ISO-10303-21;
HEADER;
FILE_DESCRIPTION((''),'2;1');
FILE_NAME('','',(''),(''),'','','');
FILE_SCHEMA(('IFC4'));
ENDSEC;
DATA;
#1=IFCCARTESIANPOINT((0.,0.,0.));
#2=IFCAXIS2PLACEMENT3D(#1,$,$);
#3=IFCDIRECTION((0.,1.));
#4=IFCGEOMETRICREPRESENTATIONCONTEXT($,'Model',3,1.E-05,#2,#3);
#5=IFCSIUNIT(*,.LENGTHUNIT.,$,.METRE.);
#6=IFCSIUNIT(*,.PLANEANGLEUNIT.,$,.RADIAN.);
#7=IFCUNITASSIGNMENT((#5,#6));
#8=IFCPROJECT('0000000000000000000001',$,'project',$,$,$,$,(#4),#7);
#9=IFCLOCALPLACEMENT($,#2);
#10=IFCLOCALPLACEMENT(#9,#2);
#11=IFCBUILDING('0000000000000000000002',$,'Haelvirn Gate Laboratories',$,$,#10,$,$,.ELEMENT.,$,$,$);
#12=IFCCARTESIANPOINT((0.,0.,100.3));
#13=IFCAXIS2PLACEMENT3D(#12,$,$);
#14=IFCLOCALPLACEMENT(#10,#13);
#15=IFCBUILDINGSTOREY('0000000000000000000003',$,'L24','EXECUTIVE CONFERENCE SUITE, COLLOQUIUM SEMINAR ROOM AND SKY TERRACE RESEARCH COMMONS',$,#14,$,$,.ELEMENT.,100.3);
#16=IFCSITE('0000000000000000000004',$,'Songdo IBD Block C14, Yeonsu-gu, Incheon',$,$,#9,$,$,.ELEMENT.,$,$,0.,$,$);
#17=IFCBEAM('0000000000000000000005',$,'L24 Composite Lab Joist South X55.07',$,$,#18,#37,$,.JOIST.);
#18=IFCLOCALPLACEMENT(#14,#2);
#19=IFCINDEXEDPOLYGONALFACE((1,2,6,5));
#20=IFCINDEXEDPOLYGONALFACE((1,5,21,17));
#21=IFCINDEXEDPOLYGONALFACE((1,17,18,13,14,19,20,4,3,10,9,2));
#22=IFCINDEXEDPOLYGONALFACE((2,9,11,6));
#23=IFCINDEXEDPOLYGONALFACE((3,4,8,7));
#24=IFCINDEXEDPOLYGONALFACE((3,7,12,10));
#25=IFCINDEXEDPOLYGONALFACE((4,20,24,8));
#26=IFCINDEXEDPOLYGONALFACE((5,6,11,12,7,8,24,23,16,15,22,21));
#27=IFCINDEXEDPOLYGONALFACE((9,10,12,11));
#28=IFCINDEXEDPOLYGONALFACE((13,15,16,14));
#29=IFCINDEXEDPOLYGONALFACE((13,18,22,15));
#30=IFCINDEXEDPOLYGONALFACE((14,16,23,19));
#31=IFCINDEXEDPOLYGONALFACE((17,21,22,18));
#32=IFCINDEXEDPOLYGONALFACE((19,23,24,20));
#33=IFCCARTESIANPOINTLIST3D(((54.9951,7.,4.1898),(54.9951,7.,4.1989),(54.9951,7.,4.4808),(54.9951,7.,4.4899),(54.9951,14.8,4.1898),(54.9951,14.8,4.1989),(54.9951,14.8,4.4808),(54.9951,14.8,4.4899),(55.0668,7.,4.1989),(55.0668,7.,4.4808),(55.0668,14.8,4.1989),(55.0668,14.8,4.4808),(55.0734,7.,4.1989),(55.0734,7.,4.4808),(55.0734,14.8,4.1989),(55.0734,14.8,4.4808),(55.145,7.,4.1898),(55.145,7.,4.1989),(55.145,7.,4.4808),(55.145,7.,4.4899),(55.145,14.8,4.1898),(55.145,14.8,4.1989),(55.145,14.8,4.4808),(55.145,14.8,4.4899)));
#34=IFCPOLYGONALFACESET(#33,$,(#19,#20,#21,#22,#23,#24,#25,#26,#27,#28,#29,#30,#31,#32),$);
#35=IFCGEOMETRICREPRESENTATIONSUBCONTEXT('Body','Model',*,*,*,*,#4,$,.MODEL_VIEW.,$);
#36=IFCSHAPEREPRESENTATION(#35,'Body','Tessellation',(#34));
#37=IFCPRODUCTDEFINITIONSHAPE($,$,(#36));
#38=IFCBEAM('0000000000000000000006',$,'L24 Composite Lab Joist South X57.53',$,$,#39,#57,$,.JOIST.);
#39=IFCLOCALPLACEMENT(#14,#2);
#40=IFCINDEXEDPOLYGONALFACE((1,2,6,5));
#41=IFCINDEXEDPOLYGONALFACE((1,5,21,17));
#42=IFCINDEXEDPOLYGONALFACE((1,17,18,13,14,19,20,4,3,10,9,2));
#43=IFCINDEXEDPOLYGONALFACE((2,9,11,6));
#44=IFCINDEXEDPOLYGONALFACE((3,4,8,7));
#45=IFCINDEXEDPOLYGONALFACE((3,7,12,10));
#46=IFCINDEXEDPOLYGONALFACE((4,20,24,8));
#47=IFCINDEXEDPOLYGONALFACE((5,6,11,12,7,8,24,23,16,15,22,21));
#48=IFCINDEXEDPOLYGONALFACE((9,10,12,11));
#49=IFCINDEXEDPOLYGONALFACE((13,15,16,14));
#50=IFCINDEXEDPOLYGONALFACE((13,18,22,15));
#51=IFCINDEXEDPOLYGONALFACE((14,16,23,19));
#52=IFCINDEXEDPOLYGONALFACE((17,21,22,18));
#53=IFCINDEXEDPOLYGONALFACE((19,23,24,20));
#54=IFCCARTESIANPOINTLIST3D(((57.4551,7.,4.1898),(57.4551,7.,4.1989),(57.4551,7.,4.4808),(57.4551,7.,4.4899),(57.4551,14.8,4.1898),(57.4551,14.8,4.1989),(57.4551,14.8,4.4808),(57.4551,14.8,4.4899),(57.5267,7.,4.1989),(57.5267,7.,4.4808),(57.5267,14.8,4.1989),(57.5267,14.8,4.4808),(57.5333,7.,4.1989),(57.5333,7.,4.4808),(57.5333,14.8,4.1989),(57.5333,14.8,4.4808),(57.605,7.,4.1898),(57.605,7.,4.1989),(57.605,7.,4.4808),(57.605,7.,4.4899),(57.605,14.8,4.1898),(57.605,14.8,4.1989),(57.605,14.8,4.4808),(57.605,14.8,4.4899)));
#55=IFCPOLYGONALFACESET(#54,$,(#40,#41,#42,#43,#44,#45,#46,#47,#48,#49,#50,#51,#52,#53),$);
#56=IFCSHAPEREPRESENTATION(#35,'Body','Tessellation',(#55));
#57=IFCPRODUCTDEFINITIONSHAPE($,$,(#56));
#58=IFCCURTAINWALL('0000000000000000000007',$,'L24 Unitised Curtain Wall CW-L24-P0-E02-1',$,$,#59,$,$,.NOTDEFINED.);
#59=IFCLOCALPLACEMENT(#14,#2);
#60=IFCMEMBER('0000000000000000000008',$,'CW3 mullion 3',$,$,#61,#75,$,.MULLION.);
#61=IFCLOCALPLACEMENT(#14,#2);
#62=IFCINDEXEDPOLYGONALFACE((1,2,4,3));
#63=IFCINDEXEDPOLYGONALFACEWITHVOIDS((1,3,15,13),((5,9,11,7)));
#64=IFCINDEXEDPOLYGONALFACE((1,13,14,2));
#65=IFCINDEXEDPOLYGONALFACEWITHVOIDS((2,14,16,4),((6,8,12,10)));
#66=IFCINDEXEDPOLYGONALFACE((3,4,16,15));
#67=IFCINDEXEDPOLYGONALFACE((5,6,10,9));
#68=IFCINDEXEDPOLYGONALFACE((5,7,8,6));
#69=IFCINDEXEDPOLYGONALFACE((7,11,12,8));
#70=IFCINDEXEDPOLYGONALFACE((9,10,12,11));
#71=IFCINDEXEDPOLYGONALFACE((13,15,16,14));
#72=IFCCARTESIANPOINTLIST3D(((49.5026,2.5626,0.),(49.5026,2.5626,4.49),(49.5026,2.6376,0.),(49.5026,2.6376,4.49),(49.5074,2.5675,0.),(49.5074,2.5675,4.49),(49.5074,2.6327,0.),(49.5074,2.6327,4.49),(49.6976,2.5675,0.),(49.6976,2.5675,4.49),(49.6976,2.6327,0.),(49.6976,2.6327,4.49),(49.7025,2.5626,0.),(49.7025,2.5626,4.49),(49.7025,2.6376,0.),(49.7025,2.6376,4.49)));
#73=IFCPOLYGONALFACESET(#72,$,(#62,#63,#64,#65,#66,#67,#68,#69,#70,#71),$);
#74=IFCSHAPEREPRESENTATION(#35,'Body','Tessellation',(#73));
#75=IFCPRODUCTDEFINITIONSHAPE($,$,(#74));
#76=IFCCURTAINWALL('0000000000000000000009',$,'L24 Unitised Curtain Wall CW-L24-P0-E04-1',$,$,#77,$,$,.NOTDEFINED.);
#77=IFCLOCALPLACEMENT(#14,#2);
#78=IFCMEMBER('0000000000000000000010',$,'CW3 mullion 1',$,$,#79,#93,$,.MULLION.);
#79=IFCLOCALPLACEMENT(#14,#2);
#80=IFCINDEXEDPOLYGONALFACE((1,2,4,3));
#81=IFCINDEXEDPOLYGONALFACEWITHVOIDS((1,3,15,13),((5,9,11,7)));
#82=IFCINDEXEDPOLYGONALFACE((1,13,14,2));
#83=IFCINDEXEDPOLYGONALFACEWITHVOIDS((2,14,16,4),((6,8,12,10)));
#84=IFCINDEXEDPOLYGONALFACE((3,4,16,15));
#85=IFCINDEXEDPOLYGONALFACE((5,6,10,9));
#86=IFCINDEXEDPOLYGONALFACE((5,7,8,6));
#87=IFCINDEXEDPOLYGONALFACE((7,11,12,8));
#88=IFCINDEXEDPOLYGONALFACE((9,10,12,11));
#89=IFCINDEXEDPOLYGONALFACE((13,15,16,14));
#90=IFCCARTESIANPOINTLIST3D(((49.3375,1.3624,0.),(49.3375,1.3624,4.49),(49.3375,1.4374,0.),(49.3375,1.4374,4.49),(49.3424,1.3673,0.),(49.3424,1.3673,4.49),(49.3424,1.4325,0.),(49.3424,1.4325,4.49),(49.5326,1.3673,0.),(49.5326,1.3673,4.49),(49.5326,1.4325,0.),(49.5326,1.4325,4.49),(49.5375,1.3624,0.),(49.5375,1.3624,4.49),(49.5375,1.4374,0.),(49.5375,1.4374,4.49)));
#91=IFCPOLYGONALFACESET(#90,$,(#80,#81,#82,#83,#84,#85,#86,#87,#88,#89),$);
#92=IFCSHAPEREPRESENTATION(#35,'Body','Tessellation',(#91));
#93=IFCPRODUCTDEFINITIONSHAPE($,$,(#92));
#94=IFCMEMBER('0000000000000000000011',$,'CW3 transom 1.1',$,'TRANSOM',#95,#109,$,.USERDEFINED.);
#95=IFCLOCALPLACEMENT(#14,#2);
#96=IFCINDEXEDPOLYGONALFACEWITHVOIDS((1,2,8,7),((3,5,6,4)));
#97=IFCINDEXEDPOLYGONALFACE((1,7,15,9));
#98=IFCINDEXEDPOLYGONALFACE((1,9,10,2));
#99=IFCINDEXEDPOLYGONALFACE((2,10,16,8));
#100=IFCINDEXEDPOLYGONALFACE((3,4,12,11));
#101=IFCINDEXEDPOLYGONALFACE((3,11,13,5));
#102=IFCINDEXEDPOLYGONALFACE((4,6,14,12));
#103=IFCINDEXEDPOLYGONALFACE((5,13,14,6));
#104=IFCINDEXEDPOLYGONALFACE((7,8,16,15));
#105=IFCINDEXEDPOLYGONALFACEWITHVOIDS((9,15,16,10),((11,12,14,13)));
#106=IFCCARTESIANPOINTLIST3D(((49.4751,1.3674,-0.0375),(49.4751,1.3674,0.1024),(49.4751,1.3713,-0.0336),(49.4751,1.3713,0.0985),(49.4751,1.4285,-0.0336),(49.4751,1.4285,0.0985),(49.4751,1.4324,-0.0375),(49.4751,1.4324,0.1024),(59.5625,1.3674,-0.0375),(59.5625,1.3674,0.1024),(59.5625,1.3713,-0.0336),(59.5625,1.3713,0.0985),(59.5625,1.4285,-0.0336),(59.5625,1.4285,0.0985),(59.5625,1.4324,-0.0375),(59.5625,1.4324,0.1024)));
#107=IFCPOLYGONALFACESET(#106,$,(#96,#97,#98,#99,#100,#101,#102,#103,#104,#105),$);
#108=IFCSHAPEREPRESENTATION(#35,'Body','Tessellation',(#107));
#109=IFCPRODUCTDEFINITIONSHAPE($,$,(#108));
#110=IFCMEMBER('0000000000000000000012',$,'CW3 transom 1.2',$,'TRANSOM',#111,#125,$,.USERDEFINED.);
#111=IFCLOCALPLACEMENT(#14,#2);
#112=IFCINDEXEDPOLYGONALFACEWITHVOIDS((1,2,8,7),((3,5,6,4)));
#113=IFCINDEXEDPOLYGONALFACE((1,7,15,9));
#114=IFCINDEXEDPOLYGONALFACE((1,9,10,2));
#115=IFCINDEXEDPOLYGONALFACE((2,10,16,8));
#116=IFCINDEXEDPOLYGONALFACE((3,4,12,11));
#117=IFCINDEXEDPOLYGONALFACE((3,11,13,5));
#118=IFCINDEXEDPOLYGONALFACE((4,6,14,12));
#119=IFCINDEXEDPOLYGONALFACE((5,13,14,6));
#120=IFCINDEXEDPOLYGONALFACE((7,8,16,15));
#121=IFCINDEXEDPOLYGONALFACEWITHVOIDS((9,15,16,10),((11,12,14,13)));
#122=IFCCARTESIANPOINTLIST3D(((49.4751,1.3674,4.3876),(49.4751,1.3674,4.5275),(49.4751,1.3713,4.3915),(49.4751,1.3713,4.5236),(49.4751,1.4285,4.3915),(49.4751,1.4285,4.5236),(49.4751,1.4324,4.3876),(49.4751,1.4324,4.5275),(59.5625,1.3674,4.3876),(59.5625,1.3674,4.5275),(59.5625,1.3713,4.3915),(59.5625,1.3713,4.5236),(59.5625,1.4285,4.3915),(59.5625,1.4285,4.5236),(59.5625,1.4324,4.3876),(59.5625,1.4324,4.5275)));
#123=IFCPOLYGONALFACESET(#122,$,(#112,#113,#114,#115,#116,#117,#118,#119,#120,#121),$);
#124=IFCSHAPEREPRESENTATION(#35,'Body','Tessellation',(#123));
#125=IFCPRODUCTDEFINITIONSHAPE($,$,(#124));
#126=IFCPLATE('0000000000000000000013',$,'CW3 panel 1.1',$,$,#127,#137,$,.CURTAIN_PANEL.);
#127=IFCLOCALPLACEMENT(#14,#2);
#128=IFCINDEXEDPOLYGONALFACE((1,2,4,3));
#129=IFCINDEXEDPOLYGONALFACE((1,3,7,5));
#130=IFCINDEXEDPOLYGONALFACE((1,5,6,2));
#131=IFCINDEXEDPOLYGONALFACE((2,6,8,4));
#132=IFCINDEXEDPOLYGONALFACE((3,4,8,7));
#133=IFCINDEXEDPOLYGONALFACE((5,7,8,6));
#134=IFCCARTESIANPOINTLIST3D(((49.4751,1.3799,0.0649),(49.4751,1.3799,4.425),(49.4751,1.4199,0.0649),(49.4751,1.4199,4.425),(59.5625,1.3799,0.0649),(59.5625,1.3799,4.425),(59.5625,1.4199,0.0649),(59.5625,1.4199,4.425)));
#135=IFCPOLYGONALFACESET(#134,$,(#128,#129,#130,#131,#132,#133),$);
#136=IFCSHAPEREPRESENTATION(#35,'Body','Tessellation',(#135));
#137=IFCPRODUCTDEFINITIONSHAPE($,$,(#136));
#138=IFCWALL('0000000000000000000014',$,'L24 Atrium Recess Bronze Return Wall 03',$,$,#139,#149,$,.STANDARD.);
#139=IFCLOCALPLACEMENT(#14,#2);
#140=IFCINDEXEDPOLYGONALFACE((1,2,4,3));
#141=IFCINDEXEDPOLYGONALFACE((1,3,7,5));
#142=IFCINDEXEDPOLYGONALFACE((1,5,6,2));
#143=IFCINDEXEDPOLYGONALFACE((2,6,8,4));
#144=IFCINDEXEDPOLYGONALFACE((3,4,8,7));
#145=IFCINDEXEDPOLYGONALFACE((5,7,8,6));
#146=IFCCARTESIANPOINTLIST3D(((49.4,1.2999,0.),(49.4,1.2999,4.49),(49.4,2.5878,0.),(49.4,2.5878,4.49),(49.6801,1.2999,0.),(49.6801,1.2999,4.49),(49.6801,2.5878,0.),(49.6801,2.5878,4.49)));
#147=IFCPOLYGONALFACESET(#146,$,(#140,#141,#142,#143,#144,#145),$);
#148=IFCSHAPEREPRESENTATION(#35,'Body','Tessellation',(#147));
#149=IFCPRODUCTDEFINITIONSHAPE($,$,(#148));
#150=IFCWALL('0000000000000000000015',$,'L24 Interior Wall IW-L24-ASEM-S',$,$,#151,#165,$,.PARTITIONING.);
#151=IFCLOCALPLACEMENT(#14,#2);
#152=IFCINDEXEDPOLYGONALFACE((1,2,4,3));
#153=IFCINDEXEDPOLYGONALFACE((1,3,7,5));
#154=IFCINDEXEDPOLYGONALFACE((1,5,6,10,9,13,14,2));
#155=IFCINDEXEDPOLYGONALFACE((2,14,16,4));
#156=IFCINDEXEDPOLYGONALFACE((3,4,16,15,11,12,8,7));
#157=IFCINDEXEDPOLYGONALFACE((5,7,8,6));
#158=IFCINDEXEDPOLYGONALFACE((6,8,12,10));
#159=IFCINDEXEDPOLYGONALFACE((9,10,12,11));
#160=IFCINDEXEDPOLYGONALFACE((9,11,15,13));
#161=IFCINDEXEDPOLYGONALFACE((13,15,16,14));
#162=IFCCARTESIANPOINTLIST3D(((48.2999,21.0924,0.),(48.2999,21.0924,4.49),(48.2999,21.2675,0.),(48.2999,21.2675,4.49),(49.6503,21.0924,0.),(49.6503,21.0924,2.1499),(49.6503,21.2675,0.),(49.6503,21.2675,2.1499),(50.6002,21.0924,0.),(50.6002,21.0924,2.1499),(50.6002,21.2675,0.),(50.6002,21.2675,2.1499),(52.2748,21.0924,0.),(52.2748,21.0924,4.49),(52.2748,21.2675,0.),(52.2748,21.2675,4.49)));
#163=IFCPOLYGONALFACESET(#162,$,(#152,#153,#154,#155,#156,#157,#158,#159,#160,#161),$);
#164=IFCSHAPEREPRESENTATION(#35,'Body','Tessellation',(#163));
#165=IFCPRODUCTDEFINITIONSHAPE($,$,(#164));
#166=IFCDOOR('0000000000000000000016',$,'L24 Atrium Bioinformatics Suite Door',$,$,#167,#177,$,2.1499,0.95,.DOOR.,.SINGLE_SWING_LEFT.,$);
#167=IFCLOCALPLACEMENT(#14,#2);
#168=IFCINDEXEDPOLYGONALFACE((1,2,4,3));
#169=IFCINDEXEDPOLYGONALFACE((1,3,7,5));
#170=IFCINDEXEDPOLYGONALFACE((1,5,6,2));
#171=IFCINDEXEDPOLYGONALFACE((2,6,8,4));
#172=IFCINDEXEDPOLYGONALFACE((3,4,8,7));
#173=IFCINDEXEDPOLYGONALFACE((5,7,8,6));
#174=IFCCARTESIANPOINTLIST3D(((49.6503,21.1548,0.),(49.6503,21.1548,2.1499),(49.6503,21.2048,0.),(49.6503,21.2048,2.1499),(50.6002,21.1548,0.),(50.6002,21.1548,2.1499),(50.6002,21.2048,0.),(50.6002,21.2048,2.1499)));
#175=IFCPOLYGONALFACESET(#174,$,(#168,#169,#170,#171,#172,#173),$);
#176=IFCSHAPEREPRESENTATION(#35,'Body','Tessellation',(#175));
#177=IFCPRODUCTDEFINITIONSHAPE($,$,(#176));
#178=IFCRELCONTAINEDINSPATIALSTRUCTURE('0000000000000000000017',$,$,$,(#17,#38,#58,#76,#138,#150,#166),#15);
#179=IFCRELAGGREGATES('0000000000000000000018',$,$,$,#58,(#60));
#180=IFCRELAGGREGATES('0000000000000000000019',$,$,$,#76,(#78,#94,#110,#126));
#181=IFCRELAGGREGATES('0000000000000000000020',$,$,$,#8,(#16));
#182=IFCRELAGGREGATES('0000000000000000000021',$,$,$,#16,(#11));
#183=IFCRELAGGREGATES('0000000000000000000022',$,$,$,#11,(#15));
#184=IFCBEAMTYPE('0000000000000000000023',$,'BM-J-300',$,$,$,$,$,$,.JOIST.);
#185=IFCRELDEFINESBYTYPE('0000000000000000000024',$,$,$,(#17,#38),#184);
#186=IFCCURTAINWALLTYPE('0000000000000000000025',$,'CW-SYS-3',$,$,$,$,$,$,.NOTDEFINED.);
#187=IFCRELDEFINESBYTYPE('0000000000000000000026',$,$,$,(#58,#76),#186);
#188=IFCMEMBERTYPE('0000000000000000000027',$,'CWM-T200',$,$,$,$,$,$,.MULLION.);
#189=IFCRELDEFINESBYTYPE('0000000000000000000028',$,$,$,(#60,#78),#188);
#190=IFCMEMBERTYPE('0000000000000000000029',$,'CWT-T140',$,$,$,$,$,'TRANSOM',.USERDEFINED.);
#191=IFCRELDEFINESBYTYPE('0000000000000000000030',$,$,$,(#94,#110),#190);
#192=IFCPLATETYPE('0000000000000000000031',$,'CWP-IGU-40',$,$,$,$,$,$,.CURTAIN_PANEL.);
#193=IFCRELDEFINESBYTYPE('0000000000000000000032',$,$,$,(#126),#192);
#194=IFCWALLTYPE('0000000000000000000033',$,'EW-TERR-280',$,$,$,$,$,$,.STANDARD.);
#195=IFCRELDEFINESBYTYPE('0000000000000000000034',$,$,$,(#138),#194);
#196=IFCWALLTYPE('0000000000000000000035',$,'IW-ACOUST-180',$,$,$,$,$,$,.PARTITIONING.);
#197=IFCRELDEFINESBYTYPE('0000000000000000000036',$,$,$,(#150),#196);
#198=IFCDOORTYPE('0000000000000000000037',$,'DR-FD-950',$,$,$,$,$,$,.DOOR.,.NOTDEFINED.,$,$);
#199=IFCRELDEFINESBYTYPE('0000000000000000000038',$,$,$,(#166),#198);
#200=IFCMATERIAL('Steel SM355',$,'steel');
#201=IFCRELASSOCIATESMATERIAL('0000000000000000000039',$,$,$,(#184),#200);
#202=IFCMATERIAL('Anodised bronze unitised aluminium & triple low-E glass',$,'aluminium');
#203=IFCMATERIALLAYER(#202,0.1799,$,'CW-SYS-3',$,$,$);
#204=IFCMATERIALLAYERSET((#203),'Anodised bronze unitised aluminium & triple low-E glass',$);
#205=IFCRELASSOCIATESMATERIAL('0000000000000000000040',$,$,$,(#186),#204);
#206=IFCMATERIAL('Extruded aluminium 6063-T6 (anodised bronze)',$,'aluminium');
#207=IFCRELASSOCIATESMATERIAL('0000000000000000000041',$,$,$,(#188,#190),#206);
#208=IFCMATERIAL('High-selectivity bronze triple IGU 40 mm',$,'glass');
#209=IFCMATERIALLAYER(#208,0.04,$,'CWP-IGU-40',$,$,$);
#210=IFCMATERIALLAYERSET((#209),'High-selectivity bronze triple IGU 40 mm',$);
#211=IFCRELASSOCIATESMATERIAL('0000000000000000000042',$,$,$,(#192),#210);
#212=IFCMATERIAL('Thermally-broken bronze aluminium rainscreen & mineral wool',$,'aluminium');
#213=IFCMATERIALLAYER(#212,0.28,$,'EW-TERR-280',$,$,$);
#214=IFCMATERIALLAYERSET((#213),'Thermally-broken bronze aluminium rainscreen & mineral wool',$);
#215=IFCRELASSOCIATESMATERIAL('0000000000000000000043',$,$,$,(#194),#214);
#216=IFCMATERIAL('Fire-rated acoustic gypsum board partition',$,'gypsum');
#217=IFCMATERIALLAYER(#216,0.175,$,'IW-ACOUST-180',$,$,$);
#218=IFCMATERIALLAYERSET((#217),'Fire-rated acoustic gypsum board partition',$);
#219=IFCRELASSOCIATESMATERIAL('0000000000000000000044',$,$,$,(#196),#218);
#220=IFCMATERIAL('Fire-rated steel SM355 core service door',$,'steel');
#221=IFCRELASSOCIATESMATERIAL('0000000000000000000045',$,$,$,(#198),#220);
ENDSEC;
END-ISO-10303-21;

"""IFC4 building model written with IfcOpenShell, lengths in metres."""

from ifc_helpers import new_model, si_unit, direction, frame, frame_2d, origin, origin_2d, place, context, subcontext, project, spatial, rectangle, hollow_rectangle, i_section, extrude, source, transform, mapped, material, layer, layer_set, material_profile, profile_set, type_object, type_shapes, element, fill, aggregate, save


model = new_model("IFC4")

# Units and contexts
model_context = context("Model", 3, precision=1e-05, world=origin(), true_north=direction((0.0, 1.0)))
body_context = subcontext(model_context, "Body", "Model", "MODEL_VIEW")
ifc_project = project(units=[si_unit("LENGTHUNIT", "METRE"), si_unit("PLANEANGLEUNIT", "RADIAN")], contexts=[model_context])

# Site, building, storey
site_placement = place(None, origin())
site = spatial("IfcSite", under=ifc_project, at=site_placement, Name="Songdo IBD Block C14, Yeonsu-gu, Incheon", CompositionType="ELEMENT", RefElevation=0.0)
building_placement = place(site_placement, origin())
building = spatial("IfcBuilding", under=site, at=building_placement, Name="Haelvirn Gate Laboratories", CompositionType="ELEMENT")
storey_placement = place(building_placement, frame((0.0, 0.0, 100.3)))
storey = spatial("IfcBuildingStorey", under=building, at=storey_placement, Name="L24", Description="EXECUTIVE CONFERENCE SUITE, COLLOQUIUM SEMINAR ROOM AND SKY TERRACE RESEARCH COMMONS", CompositionType="ELEMENT", Elevation=100.3)

# Shared definitions
ifc_material_1 = material(Name="Steel SM355", Category="steel")

# Beams
ifc_material_profile_1 = material_profile(ifc_material_1, i_section(OverallWidth=0.1499, OverallDepth=0.3, WebThickness=0.0066, FlangeThickness=0.009, at=origin_2d()), Name="H-300x150x6.5x9")
ifc_profile_set_1 = profile_set([ifc_material_profile_1], Name="Steel SM355")
beam_type_1 = type_object("IfcBeamType", Name="BM-J-300", PredefinedType="JOIST", material=ifc_profile_set_1)
shared_shape_1 = source(origin(), body_context, "Body", "SweptSolid", [
    extrude(i_section(OverallWidth=0.1499, OverallDepth=0.3, WebThickness=0.0066, FlangeThickness=0.009, at=origin_2d()), origin(), (0.0, 0.0, 1.0), 7.8),
])
type_shapes(beam_type_1, [shared_shape_1])
for number, where, z_axis, x_axis, name in (
    (1, (55.0701, 7.0, 4.3398), (0.0, 1.0, 0.0), (-1.0, 0.0, 0.0), "L24 Composite Lab Joist South X55.07"),
    (2, (57.53, 7.0, 4.3398), (0.0, 1.0, 0.0), (-1.0, 0.0, 0.0), "L24 Composite Lab Joist South X57.53"),
):
    element("IfcBeam", number, at=place(storey_placement, frame(where, z_axis=z_axis, x_axis=x_axis)), inside=storey, type_object=beam_type_1, Name=name, PredefinedType="JOIST", context=body_context, shape_type="MappedRepresentation", body=[
        mapped(shared_shape_1, transform((0.0, 0.0, 0.0), scale=1.0)),
    ])

# Curtain wall, member
ifc_material_2 = material(Name="Anodised bronze unitised aluminium & triple low-E glass", Category="aluminium")
ifc_layer_1 = layer(ifc_material_2, 0.1799, Name="CW-SYS-3")
ifc_layer_set_1 = layer_set([ifc_layer_1], Name="Anodised bronze unitised aluminium & triple low-E glass")
curtain_wall_type = type_object("IfcCurtainWallType", Name="CW-SYS-3", PredefinedType="NOTDEFINED", material=ifc_layer_set_1)
curtain_wall_1_placement = place(storey_placement, origin())
curtain_wall_1 = element("IfcCurtainWall", 3, at=curtain_wall_1_placement, inside=storey, type_object=curtain_wall_type, Name="L24 Unitised Curtain Wall CW-L24-P0-E02-1", PredefinedType="NOTDEFINED")
ifc_material_3 = material(Name="Extruded aluminium 6063-T6 (anodised bronze)", Category="aluminium")
ifc_material_profile_2 = material_profile(ifc_material_3, hollow_rectangle(XDim=0.075, YDim=0.2, WallThickness=0.0049, at=origin_2d()), Name="CWM-200x75x5")
ifc_profile_set_2 = profile_set([ifc_material_profile_2], Name="Extruded aluminium 6063-T6 (anodised bronze)")
member_type_1 = type_object("IfcMemberType", Name="CWM-T200", PredefinedType="MULLION", material=ifc_profile_set_2)
shared_shape_2 = source(origin(), body_context, "Body", "SweptSolid", [
    extrude(hollow_rectangle(XDim=0.075, YDim=0.2, WallThickness=0.0049, at=origin_2d()), origin(), (0.0, 0.0, 1.0), 4.49),
])
type_shapes(member_type_1, [shared_shape_2])
member_1_placement = place(storey_placement, frame((49.6025, 2.6001, 0.0), z_axis=(0.0, 0.0, 1.0), x_axis=(0.0, 1.0, 0.0)))
member_1 = element("IfcMember", 4, at=member_1_placement, type_object=member_type_1, Name="CW3 mullion 3", PredefinedType="MULLION", context=body_context, shape_type="MappedRepresentation", body=[
    mapped(shared_shape_2, transform((0.0, 0.0, 0.0), scale=1.0)),
])
aggregate(curtain_wall_1, [member_1])

# Curtain wall, members, plate
curtain_wall_2_placement = place(storey_placement, origin())
curtain_wall_2 = element("IfcCurtainWall", 5, at=curtain_wall_2_placement, inside=storey, type_object=curtain_wall_type, Name="L24 Unitised Curtain Wall CW-L24-P0-E04-1", PredefinedType="NOTDEFINED")
member_2_placement = place(storey_placement, frame((49.4375, 1.3999, 0.0), z_axis=(0.0, 0.0, 1.0), x_axis=(0.0, 1.0, 0.0)))
member_2 = element("IfcMember", 6, at=member_2_placement, type_object=member_type_1, Name="CW3 mullion 1", PredefinedType="MULLION", context=body_context, shape_type="MappedRepresentation", body=[
    mapped(shared_shape_2, transform((0.0, 0.0, 0.0), scale=1.0)),
])
ifc_material_profile_3 = material_profile(ifc_material_3, hollow_rectangle(XDim=0.0649, YDim=0.1399, WallThickness=0.0039, at=origin_2d()), Name="CWT-140x65x4")
ifc_profile_set_3 = profile_set([ifc_material_profile_3], Name="Extruded aluminium 6063-T6 (anodised bronze)")
member_type_2 = type_object("IfcMemberType", Name="CWT-T140", ElementType="TRANSOM", PredefinedType="USERDEFINED", material=ifc_profile_set_3)
shared_shape_3 = source(origin(), body_context, "Body", "SweptSolid", [
    extrude(hollow_rectangle(XDim=0.0649, YDim=0.1399, WallThickness=0.0039, at=origin_2d()), origin(), (0.0, 0.0, 1.0), 10.0874),
])
type_shapes(member_type_2, [shared_shape_3])
member_3_placement = place(storey_placement, frame((49.4751, 1.3999, 0.0325), z_axis=(1.0, 0.0, 0.0), x_axis=(0.0, 1.0, 0.0)))
member_3 = element("IfcMember", 7, at=member_3_placement, type_object=member_type_2, Name="CW3 transom 1.1", ObjectType="TRANSOM", PredefinedType="USERDEFINED", context=body_context, shape_type="MappedRepresentation", body=[
    mapped(shared_shape_3, transform((0.0, 0.0, 0.0), scale=1.0)),
])
member_4_placement = place(storey_placement, frame((49.4751, 1.3999, 4.4575), z_axis=(1.0, 0.0, 0.0), x_axis=(0.0, 1.0, 0.0)))
member_4 = element("IfcMember", 8, at=member_4_placement, type_object=member_type_2, Name="CW3 transom 1.2", ObjectType="TRANSOM", PredefinedType="USERDEFINED", context=body_context, shape_type="MappedRepresentation", body=[
    mapped(shared_shape_3, transform((0.0, 0.0, 0.0), scale=1.0)),
])
ifc_material_4 = material(Name="High-selectivity bronze triple IGU 40 mm", Category="glass")
ifc_layer_2 = layer(ifc_material_4, 0.04, Name="CWP-IGU-40")
ifc_layer_set_2 = layer_set([ifc_layer_2], Name="High-selectivity bronze triple IGU 40 mm")
plate_type = type_object("IfcPlateType", Name="CWP-IGU-40", PredefinedType="CURTAIN_PANEL", material=ifc_layer_set_2)
shared_shape_4 = source(origin(), body_context, "Body", "SweptSolid", [
    extrude(rectangle(XDim=10.0874, YDim=0.04, at=origin_2d()), origin(), (0.0, 0.0, 1.0), 4.3601),
])
type_shapes(plate_type, [shared_shape_4])
plate_placement = place(storey_placement, frame((54.5188, 1.3999, 0.0649), z_axis=(0.0, 0.0, 1.0), x_axis=(1.0, 0.0, 0.0)))
plate = element("IfcPlate", 9, at=plate_placement, type_object=plate_type, Name="CW3 panel 1.1", PredefinedType="CURTAIN_PANEL", context=body_context, shape_type="MappedRepresentation", body=[
    mapped(shared_shape_4, transform((0.0, 0.0, 0.0), scale=1.0)),
])
aggregate(curtain_wall_2, [member_2, member_3, member_4, plate])

# Wall
ifc_material_5 = material(Name="Thermally-broken bronze aluminium rainscreen & mineral wool", Category="aluminium")
ifc_layer_3 = layer(ifc_material_5, 0.28, Name="EW-TERR-280")
ifc_layer_set_3 = layer_set([ifc_layer_3], Name="Thermally-broken bronze aluminium rainscreen & mineral wool")
wall_type_1 = type_object("IfcWallType", Name="EW-TERR-280", PredefinedType="STANDARD", material=ifc_layer_set_3)
wall_1_placement = place(storey_placement, frame((49.54, 2.5879, 0.0), z_axis=(0.0, 0.0, 1.0), x_axis=(0.0, -1.0, 0.0)))
element("IfcWall", 10, at=wall_1_placement, inside=storey, type_object=wall_type_1, Name="L24 Atrium Recess Bronze Return Wall 03", PredefinedType="STANDARD", context=body_context, shape_type="SweptSolid", body=[
    extrude(rectangle(XDim=1.2878, YDim=0.28, at=frame_2d((0.644, 0.0))), origin(), (0.0, 0.0, 1.0), 4.49),
])

# Wall, opening, door
ifc_material_6 = material(Name="Fire-rated acoustic gypsum board partition", Category="gypsum")
ifc_layer_4 = layer(ifc_material_6, 0.175, Name="IW-ACOUST-180")
ifc_layer_set_4 = layer_set([ifc_layer_4], Name="Fire-rated acoustic gypsum board partition")
wall_type_2 = type_object("IfcWallType", Name="IW-ACOUST-180", PredefinedType="PARTITIONING", material=ifc_layer_set_4)
wall_2_placement = place(storey_placement, frame((48.3, 21.1799, 0.0), z_axis=(0.0, 0.0, 1.0), x_axis=(1.0, 0.0, 0.0)))
wall_2 = element("IfcWall", 11, at=wall_2_placement, inside=storey, type_object=wall_type_2, Name="L24 Interior Wall IW-L24-ASEM-S", PredefinedType="PARTITIONING", context=body_context, shape_type="SweptSolid", body=[
    extrude(rectangle(XDim=3.9749, YDim=0.175, at=frame_2d((1.9873, 0.0))), origin(), (0.0, 0.0, 1.0), 4.49),
])
opening_1_placement = place(wall_2_placement, frame((1.3501, 0.0, 0.0)))
opening_1 = element("IfcOpeningElement", 12, at=opening_1_placement, cuts=wall_2, PredefinedType="OPENING", context=body_context, shape_type="SweptSolid", body=[
    extrude(rectangle(XDim=0.95, YDim=2.1499, at=frame_2d((0.4751, 1.075))), frame((0.0, 0.0977, 0.0), z_axis=(0.0, -1.0, 0.0), x_axis=(1.0, 0.0, 0.0)), (0.0, 0.0, 1.0), 0.1951),
])
ifc_material_7 = material(Name="Fire-rated steel SM355 core service door", Category="steel")
door_type_1 = type_object("IfcDoorType", Name="DR-FD-950", OperationType="NOTDEFINED", PredefinedType="DOOR", material=ifc_material_7)
shared_shape_5 = source(origin(), body_context, "Body", "SweptSolid", [
    extrude(rectangle(XDim=0.95, YDim=2.1499, at=frame_2d((0.4751, 1.075))), frame((0.0, 0.0249, 0.0), z_axis=(0.0, -1.0, 0.0), x_axis=(1.0, 0.0, 0.0)), (0.0, 0.0, 1.0), 0.05),
])
type_shapes(door_type_1, [shared_shape_5])
door_1_placement = place(opening_1_placement, origin())
door_1 = element("IfcDoor", 13, at=door_1_placement, inside=storey, type_object=door_type_1, Name="L24 Atrium Bioinformatics Suite Door", OperationType="SINGLE_SWING_LEFT", OverallHeight=2.1499, OverallWidth=0.95, PredefinedType="DOOR", context=body_context, shape_type="MappedRepresentation", body=[
    mapped(shared_shape_5, transform((0.0, 0.0, 0.0), scale=1.0)),
])
fill(opening_1, door_1)

save(model, "model.ifc")
